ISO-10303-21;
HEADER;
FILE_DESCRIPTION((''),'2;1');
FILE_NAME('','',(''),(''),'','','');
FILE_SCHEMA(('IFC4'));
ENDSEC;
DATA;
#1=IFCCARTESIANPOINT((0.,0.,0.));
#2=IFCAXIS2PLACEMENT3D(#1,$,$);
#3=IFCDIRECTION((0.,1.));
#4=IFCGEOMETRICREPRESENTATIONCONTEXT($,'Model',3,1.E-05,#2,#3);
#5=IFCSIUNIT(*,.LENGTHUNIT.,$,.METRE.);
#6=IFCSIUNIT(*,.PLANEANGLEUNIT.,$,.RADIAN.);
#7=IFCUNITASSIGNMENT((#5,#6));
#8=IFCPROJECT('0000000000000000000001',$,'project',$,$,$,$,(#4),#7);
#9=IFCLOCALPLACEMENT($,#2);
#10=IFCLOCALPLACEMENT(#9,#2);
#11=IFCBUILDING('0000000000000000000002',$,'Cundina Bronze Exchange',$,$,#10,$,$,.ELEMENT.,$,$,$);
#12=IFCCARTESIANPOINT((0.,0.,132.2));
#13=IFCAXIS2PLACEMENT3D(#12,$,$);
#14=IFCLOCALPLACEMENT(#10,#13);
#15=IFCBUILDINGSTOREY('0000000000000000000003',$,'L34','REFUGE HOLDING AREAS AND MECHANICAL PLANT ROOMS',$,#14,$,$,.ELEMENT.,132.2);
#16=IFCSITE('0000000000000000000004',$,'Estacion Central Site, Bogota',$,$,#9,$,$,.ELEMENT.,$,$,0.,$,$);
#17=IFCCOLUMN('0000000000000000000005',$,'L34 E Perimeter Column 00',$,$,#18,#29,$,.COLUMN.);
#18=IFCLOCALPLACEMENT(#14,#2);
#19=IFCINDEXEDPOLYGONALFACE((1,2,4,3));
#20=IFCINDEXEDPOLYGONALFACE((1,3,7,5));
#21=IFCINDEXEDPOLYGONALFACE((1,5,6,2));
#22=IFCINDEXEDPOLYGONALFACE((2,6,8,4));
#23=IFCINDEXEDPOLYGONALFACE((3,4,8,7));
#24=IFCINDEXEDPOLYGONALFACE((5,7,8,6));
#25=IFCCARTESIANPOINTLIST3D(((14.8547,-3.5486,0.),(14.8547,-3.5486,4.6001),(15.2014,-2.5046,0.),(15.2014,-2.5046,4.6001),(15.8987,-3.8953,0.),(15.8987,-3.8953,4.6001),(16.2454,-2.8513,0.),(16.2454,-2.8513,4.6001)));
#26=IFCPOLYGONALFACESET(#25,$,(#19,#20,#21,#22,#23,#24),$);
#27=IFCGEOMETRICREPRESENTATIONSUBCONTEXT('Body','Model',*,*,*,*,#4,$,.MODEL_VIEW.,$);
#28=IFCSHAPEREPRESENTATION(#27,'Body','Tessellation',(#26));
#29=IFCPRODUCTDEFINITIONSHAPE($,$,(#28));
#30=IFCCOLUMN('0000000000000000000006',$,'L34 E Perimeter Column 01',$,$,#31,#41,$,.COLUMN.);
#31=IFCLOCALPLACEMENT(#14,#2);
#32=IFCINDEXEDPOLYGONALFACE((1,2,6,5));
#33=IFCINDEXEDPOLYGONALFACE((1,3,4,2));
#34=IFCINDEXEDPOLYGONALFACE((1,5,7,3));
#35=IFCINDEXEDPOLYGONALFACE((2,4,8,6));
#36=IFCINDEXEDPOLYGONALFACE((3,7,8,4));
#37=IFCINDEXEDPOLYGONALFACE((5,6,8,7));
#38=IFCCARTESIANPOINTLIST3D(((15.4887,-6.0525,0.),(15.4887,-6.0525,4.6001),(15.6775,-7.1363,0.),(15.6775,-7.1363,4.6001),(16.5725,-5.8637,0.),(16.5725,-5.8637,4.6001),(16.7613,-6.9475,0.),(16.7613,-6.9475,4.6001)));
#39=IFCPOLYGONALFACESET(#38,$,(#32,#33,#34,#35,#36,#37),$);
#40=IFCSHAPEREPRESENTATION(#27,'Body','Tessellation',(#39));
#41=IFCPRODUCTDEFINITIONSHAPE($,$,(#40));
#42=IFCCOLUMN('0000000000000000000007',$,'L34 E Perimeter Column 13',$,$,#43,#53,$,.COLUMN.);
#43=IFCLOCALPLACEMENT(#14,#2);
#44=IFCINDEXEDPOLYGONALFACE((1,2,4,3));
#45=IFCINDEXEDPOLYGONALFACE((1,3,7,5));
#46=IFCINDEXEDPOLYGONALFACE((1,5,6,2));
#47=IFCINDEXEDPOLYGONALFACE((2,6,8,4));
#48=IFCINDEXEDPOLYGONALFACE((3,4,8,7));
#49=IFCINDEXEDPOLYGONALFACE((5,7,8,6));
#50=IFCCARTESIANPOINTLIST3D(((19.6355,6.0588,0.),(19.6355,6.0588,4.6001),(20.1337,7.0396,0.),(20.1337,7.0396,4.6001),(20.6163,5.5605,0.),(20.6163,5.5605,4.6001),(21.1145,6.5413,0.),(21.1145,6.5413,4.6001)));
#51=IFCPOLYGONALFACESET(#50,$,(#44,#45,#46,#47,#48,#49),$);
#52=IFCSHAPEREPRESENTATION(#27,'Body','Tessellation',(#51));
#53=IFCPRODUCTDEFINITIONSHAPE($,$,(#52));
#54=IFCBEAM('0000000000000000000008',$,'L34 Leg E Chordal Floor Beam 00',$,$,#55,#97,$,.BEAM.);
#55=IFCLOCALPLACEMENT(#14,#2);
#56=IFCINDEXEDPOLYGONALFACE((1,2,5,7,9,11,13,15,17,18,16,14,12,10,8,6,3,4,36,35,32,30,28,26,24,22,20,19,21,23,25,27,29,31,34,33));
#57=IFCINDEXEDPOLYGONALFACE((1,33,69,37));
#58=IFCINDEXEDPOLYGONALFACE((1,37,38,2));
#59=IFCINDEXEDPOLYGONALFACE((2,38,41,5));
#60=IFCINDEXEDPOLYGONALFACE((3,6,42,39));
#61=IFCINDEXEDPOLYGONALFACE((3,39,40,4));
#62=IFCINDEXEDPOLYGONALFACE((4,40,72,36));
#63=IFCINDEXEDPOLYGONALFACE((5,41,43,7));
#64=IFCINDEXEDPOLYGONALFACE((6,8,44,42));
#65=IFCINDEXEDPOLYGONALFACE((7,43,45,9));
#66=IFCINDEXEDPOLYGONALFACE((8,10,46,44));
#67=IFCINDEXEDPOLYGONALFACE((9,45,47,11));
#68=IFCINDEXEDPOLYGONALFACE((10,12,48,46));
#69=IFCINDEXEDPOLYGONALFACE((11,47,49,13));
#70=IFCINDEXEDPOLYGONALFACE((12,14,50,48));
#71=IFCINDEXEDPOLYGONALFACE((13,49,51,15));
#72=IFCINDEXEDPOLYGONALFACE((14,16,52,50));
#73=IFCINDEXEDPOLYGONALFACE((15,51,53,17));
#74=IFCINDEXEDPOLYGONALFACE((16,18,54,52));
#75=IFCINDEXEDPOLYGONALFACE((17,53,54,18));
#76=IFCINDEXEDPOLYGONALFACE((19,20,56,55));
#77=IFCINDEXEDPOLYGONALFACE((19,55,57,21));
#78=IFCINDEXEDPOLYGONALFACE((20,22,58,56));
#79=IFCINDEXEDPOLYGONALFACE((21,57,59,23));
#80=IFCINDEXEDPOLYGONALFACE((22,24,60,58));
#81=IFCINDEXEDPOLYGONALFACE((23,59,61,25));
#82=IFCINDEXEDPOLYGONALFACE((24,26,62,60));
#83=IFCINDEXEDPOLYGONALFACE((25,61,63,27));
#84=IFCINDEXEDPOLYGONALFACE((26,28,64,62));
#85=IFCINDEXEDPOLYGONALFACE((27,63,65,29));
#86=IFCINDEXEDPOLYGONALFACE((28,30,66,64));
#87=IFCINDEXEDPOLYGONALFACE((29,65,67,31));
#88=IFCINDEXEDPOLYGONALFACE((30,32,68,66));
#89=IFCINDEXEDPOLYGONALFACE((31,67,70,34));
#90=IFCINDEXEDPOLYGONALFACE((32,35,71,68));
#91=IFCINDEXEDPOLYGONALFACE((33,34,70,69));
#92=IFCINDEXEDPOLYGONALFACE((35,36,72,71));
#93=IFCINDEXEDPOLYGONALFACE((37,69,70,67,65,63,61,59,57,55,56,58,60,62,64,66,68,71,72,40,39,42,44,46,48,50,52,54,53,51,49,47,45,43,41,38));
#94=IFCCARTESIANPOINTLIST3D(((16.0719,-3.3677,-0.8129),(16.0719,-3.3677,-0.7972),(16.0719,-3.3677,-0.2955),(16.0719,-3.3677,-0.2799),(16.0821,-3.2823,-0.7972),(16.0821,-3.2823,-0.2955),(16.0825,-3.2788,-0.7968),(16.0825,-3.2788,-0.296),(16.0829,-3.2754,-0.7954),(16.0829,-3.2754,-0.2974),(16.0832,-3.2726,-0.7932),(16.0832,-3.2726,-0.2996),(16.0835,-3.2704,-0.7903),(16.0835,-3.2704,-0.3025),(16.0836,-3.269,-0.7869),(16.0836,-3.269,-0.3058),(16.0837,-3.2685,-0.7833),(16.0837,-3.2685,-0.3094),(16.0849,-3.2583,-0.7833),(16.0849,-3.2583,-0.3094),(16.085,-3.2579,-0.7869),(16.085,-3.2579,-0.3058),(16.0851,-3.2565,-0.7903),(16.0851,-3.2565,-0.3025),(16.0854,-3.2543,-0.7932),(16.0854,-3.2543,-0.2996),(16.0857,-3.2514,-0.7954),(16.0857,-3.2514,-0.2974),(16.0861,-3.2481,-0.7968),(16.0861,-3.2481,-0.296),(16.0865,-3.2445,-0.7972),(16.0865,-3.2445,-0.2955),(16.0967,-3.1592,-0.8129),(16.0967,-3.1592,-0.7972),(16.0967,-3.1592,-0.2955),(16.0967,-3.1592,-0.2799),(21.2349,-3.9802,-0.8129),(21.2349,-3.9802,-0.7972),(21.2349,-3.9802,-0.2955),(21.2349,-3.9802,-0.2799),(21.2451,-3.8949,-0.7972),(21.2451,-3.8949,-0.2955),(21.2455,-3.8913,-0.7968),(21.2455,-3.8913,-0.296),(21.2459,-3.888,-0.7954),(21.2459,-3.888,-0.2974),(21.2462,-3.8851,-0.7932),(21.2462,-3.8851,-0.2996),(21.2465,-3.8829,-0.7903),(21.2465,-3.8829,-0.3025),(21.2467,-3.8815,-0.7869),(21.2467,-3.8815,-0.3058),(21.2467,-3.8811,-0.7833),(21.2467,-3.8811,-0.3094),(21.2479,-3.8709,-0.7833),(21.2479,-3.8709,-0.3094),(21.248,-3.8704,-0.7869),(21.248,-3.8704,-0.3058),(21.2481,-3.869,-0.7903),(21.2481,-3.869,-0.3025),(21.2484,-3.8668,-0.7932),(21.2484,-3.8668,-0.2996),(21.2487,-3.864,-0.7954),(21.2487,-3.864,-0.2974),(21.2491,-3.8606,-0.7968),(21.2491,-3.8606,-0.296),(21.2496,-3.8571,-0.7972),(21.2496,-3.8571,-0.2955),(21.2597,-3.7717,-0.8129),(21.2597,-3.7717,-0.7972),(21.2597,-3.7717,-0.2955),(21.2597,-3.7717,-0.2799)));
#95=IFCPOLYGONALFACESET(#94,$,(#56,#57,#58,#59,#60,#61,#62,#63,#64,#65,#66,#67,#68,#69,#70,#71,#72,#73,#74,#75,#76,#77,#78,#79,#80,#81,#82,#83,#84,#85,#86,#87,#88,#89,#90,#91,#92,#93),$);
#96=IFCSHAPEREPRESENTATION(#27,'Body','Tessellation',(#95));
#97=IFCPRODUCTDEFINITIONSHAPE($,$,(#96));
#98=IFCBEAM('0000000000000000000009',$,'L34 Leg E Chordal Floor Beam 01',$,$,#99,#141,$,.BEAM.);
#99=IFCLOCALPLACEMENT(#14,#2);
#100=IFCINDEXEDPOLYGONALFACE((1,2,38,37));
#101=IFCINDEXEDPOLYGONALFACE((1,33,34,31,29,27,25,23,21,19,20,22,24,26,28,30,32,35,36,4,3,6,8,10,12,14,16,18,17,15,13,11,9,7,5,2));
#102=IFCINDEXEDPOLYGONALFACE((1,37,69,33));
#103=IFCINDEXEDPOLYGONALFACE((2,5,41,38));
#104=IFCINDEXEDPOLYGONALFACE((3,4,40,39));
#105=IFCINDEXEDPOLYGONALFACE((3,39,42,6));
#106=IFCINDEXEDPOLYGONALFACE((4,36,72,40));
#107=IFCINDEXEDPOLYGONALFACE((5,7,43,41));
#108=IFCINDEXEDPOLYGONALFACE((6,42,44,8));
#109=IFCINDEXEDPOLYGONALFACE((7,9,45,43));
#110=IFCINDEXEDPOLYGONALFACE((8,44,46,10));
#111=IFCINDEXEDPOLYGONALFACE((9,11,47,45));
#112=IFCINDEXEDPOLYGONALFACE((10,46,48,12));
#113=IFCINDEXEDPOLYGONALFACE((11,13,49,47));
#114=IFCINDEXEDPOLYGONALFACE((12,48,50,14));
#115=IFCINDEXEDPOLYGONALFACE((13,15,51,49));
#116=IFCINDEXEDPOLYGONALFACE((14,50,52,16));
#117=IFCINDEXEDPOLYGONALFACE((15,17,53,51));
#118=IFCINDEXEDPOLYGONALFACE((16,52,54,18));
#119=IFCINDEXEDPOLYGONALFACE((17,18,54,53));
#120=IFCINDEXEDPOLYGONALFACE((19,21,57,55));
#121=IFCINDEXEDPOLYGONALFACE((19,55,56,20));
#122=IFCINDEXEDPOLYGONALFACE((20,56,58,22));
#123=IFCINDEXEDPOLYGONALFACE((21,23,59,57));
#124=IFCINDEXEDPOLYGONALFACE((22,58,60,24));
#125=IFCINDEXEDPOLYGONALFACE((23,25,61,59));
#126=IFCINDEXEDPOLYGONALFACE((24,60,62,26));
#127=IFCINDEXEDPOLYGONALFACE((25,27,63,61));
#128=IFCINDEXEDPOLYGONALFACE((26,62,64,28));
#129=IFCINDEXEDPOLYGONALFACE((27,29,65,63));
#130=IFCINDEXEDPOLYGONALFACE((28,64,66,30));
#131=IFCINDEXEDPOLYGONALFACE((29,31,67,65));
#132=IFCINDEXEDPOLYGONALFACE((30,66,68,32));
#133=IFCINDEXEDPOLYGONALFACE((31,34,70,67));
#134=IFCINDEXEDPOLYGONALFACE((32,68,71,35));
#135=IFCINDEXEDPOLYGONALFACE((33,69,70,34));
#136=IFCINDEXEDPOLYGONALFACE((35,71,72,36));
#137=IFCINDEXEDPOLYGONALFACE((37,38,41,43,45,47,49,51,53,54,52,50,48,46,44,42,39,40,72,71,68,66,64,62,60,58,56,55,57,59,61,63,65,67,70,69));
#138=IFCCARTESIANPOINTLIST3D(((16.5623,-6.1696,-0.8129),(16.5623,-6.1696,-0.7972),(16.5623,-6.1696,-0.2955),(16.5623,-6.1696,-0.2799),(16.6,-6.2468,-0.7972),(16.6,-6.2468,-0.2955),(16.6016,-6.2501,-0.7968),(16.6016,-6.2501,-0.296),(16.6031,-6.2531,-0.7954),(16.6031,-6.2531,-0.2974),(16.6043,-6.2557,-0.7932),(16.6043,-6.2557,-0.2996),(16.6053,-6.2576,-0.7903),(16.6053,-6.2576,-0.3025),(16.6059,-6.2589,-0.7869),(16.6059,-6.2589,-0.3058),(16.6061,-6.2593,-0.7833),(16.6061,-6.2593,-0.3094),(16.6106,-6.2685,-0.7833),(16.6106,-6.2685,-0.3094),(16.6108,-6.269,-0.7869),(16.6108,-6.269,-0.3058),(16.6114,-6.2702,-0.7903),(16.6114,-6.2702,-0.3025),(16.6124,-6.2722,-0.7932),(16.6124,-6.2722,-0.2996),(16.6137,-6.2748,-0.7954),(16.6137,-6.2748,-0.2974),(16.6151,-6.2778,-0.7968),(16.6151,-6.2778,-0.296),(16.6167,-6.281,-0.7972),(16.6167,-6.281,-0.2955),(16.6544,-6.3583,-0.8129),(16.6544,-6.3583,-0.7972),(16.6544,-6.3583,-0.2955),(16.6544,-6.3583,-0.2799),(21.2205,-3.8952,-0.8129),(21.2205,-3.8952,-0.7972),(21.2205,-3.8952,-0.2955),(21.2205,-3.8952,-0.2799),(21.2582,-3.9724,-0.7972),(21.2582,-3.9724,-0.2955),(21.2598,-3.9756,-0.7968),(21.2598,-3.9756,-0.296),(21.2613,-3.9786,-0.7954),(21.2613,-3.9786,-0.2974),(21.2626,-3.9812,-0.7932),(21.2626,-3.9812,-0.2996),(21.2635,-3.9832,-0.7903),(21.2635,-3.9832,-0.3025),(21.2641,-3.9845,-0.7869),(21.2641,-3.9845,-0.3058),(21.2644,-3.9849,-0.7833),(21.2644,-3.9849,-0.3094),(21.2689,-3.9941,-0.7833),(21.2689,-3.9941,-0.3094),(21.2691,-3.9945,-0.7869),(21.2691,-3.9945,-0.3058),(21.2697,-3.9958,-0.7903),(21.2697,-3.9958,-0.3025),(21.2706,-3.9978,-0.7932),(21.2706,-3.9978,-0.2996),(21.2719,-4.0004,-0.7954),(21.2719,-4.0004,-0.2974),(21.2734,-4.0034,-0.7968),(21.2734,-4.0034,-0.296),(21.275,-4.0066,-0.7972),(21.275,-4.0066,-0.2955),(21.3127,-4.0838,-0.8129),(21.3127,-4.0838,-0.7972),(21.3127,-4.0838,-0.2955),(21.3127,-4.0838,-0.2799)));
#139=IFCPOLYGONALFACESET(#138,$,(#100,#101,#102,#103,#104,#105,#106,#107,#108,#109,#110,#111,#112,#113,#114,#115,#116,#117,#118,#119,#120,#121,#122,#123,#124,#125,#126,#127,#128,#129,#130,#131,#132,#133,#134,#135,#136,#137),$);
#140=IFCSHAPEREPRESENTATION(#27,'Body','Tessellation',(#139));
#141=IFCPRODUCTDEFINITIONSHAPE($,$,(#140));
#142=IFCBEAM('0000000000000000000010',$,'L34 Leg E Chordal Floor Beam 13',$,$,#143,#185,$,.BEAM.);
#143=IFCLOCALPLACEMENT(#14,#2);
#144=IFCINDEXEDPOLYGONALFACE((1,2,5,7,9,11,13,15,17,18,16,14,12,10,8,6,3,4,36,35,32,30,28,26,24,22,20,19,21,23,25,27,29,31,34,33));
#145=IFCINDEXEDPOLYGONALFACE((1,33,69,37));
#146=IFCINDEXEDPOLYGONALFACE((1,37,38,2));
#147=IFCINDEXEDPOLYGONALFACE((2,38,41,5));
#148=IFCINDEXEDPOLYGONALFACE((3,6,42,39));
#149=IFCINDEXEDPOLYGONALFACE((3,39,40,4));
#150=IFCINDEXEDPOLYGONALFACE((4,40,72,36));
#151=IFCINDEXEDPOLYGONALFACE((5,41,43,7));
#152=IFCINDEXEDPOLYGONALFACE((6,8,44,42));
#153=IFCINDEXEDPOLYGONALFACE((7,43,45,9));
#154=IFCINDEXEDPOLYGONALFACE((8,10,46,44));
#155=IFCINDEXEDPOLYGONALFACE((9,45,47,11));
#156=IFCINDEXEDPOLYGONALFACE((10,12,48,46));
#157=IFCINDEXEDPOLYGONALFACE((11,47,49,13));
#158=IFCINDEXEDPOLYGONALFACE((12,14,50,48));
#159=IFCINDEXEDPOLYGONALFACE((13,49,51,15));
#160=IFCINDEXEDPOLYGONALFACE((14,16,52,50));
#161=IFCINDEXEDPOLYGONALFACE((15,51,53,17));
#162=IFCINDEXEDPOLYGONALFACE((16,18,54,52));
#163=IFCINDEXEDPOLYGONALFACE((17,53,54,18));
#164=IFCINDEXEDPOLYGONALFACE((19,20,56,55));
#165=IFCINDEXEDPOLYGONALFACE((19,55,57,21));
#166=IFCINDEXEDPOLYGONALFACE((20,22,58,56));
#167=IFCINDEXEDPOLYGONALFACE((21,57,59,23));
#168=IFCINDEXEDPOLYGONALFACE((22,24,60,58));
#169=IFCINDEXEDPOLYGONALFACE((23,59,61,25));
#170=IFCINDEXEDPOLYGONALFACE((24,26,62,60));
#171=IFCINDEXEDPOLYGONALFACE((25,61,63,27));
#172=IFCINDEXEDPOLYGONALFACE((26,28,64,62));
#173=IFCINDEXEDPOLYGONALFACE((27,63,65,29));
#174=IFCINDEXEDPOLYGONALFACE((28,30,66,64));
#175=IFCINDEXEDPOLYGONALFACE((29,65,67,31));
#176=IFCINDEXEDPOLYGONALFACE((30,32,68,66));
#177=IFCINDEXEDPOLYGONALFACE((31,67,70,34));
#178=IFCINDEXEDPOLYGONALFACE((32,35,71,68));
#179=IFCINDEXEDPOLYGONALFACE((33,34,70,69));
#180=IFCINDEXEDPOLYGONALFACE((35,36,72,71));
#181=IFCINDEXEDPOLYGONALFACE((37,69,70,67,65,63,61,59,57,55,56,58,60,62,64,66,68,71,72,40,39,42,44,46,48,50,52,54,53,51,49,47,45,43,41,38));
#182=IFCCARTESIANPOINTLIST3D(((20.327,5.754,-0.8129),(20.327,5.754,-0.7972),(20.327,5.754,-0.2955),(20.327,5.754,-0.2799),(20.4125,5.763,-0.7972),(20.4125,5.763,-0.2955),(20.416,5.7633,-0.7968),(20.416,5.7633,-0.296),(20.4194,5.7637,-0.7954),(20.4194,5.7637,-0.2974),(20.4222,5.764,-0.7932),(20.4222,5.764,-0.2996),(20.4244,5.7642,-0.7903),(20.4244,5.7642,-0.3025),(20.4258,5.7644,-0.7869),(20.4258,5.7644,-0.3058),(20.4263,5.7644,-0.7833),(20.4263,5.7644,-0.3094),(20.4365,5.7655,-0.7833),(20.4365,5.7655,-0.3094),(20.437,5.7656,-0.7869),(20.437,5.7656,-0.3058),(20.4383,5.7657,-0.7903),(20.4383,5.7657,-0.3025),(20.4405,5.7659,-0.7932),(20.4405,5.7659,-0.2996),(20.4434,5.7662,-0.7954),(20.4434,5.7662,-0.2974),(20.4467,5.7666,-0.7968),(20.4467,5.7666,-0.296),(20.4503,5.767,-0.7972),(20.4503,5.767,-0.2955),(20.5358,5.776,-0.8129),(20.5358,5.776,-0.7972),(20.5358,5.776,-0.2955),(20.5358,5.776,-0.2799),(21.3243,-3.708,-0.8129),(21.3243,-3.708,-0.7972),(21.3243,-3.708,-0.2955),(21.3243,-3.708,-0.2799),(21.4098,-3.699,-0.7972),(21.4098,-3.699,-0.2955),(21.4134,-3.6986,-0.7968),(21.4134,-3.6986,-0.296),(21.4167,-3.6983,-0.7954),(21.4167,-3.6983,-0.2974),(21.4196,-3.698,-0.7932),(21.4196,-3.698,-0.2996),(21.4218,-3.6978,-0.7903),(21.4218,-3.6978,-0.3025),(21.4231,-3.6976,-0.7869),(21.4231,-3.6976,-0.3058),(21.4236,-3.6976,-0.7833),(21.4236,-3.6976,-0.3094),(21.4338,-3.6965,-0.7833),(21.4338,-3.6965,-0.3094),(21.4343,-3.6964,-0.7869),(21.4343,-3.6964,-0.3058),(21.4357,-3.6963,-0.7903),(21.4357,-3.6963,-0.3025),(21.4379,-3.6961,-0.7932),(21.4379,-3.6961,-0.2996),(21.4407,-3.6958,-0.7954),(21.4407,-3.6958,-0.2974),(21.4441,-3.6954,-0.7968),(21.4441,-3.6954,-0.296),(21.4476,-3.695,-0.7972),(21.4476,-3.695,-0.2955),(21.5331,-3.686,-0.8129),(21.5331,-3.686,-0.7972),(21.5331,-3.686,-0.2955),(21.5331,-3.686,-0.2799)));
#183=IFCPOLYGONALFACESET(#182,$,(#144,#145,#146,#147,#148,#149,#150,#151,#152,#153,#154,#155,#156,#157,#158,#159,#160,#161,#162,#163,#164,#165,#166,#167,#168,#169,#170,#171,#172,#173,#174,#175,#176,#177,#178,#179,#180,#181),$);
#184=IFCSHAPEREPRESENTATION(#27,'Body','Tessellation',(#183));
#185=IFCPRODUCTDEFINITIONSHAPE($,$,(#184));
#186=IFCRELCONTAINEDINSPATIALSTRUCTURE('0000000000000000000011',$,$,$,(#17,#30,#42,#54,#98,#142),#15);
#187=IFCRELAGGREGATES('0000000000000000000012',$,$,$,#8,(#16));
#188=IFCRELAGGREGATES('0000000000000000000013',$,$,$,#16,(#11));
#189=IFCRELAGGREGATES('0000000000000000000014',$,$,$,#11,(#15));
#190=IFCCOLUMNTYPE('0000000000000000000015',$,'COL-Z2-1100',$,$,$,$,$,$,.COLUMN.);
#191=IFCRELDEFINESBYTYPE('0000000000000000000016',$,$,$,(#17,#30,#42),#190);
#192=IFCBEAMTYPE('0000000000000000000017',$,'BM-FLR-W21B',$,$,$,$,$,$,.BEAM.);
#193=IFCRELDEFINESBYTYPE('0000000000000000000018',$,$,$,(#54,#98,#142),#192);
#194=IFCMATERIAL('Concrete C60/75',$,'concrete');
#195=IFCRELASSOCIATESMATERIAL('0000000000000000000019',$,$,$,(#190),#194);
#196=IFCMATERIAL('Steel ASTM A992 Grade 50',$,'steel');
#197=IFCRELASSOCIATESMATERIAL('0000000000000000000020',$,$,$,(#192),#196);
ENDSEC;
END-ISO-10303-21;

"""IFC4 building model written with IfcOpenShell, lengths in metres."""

from ifc_helpers import new_model, si_unit, direction, frame, origin, origin_2d, place, context, subcontext, project, spatial, rectangle, i_section, extrude, material, material_profile, profile_set, type_object, element, save


model = new_model("IFC4")

# Units and contexts
model_context = context("Model", 3, precision=1e-05, world=origin(), true_north=direction((0.0, 1.0)))
body_context = subcontext(model_context, "Body", "Model", "MODEL_VIEW")
ifc_project = project(units=[si_unit("LENGTHUNIT", "METRE"), si_unit("PLANEANGLEUNIT", "RADIAN")], contexts=[model_context])

# Site, building, storey
site_placement = place(None, origin())
site = spatial("IfcSite", under=ifc_project, at=site_placement, Name="Estacion Central Site, Bogota", CompositionType="ELEMENT", RefElevation=0.0)
building_placement = place(site_placement, origin())
building = spatial("IfcBuilding", under=site, at=building_placement, Name="Cundina Bronze Exchange", CompositionType="ELEMENT")
storey_placement = place(building_placement, frame((0.0, 0.0, 132.2)))
storey = spatial("IfcBuildingStorey", under=building, at=storey_placement, Name="L34", Description="REFUGE HOLDING AREAS AND MECHANICAL PLANT ROOMS", CompositionType="ELEMENT", Elevation=132.2)

# Columns
ifc_material_1 = material(Name="Concrete C60/75", Category="concrete")
ifc_material_profile_1 = material_profile(ifc_material_1, rectangle(XDim=1.1001, YDim=1.1001, at=origin_2d()), Name="RC1100X1100", Category="concrete")
ifc_profile_set_1 = profile_set([ifc_material_profile_1], Name="Concrete C60/75")
column_type = type_object("IfcColumnType", Name="COL-Z2-1100", PredefinedType="COLUMN", material=ifc_profile_set_1)
for number, where, z_axis, x_axis, name in (
    (1, (15.55, -3.2, 0.0), (0.0, 0.0, 1.0), (-0.315152, -0.949041, 0.0), "L34 E Perimeter Column 00"),
    (2, (16.125, -6.5, 0.0), (0.0, 0.0, 1.0), (0.171585, -0.985169, 0.0), "L34 E Perimeter Column 01"),
    (3, (20.375, 6.3, 0.0), (0.0, 0.0, 1.0), (-0.452902, -0.891561, 0.0), "L34 E Perimeter Column 13"),
):
    element("IfcColumn", number, at=place(storey_placement, frame(where, z_axis=z_axis, x_axis=x_axis)), inside=storey, type_object=column_type, Name=name, PredefinedType="COLUMN", context=body_context, shape_type="SweptSolid", body=[
        extrude(rectangle(XDim=1.1001, YDim=1.1001, at=origin_2d()), origin(), (0.0, 0.0, 1.0), 4.6001),
    ])

# Beams
ifc_material_2 = material(Name="Steel ASTM A992 Grade 50", Category="steel")
ifc_material_profile_2 = material_profile(ifc_material_2, i_section(OverallWidth=0.21, OverallDepth=0.533, WebThickness=0.0103, FlangeThickness=0.0156, FilletRadius=0.0139, at=origin_2d()), Name="W21X62", Category="steel")
ifc_profile_set_2 = profile_set([ifc_material_profile_2], Name="Steel ASTM A992 Grade 50")
beam_type_1 = type_object("IfcBeamType", Name="BM-FLR-W21B", PredefinedType="BEAM", material=ifc_profile_set_2)
beam_1_placement = place(storey_placement, frame((21.2473, -3.876, -0.5464), z_axis=(-0.993036, 0.117814, 0.0), x_axis=(-0.117814, -0.993036, 0.0)))
element("IfcBeam", 4, at=beam_1_placement, inside=storey, type_object=beam_type_1, Name="L34 Leg E Chordal Floor Beam 00", PredefinedType="BEAM", context=body_context, shape_type="SweptSolid", body=[
    extrude(i_section(OverallWidth=0.21, OverallDepth=0.533, WebThickness=0.0103, FlangeThickness=0.0156, FilletRadius=0.0139, at=origin_2d()), origin(), (0.0, 0.0, 1.0), 5.1992),
])
beam_2_placement = place(storey_placement, frame((21.2666, -3.9895, -0.5464), z_axis=(-0.898607, -0.438754, 0.0), x_axis=(0.438754, -0.898607, 0.0)))
element("IfcBeam", 5, at=beam_2_placement, inside=storey, type_object=beam_type_1, Name="L34 Leg E Chordal Floor Beam 01", PredefinedType="BEAM", context=body_context, shape_type="SweptSolid", body=[
    extrude(i_section(OverallWidth=0.21, OverallDepth=0.533, WebThickness=0.0103, FlangeThickness=0.0156, FilletRadius=0.0139, at=origin_2d()), origin(), (0.0, 0.0, 1.0), 5.1838),
])
beam_3_placement = place(storey_placement, frame((21.4287, -3.697, -0.5464), z_axis=(-0.104822, 0.994491, 0.0), x_axis=(-0.994491, -0.104822, 0.0)))
element("IfcBeam", 6, at=beam_3_placement, inside=storey, type_object=beam_type_1, Name="L34 Leg E Chordal Floor Beam 13", PredefinedType="BEAM", context=body_context, shape_type="SweptSolid", body=[
    extrude(i_section(OverallWidth=0.21, OverallDepth=0.533, WebThickness=0.0103, FlangeThickness=0.0156, FilletRadius=0.0139, at=origin_2d()), origin(), (0.0, 0.0, 1.0), 9.5144),
])

save(model, "model.ifc")
